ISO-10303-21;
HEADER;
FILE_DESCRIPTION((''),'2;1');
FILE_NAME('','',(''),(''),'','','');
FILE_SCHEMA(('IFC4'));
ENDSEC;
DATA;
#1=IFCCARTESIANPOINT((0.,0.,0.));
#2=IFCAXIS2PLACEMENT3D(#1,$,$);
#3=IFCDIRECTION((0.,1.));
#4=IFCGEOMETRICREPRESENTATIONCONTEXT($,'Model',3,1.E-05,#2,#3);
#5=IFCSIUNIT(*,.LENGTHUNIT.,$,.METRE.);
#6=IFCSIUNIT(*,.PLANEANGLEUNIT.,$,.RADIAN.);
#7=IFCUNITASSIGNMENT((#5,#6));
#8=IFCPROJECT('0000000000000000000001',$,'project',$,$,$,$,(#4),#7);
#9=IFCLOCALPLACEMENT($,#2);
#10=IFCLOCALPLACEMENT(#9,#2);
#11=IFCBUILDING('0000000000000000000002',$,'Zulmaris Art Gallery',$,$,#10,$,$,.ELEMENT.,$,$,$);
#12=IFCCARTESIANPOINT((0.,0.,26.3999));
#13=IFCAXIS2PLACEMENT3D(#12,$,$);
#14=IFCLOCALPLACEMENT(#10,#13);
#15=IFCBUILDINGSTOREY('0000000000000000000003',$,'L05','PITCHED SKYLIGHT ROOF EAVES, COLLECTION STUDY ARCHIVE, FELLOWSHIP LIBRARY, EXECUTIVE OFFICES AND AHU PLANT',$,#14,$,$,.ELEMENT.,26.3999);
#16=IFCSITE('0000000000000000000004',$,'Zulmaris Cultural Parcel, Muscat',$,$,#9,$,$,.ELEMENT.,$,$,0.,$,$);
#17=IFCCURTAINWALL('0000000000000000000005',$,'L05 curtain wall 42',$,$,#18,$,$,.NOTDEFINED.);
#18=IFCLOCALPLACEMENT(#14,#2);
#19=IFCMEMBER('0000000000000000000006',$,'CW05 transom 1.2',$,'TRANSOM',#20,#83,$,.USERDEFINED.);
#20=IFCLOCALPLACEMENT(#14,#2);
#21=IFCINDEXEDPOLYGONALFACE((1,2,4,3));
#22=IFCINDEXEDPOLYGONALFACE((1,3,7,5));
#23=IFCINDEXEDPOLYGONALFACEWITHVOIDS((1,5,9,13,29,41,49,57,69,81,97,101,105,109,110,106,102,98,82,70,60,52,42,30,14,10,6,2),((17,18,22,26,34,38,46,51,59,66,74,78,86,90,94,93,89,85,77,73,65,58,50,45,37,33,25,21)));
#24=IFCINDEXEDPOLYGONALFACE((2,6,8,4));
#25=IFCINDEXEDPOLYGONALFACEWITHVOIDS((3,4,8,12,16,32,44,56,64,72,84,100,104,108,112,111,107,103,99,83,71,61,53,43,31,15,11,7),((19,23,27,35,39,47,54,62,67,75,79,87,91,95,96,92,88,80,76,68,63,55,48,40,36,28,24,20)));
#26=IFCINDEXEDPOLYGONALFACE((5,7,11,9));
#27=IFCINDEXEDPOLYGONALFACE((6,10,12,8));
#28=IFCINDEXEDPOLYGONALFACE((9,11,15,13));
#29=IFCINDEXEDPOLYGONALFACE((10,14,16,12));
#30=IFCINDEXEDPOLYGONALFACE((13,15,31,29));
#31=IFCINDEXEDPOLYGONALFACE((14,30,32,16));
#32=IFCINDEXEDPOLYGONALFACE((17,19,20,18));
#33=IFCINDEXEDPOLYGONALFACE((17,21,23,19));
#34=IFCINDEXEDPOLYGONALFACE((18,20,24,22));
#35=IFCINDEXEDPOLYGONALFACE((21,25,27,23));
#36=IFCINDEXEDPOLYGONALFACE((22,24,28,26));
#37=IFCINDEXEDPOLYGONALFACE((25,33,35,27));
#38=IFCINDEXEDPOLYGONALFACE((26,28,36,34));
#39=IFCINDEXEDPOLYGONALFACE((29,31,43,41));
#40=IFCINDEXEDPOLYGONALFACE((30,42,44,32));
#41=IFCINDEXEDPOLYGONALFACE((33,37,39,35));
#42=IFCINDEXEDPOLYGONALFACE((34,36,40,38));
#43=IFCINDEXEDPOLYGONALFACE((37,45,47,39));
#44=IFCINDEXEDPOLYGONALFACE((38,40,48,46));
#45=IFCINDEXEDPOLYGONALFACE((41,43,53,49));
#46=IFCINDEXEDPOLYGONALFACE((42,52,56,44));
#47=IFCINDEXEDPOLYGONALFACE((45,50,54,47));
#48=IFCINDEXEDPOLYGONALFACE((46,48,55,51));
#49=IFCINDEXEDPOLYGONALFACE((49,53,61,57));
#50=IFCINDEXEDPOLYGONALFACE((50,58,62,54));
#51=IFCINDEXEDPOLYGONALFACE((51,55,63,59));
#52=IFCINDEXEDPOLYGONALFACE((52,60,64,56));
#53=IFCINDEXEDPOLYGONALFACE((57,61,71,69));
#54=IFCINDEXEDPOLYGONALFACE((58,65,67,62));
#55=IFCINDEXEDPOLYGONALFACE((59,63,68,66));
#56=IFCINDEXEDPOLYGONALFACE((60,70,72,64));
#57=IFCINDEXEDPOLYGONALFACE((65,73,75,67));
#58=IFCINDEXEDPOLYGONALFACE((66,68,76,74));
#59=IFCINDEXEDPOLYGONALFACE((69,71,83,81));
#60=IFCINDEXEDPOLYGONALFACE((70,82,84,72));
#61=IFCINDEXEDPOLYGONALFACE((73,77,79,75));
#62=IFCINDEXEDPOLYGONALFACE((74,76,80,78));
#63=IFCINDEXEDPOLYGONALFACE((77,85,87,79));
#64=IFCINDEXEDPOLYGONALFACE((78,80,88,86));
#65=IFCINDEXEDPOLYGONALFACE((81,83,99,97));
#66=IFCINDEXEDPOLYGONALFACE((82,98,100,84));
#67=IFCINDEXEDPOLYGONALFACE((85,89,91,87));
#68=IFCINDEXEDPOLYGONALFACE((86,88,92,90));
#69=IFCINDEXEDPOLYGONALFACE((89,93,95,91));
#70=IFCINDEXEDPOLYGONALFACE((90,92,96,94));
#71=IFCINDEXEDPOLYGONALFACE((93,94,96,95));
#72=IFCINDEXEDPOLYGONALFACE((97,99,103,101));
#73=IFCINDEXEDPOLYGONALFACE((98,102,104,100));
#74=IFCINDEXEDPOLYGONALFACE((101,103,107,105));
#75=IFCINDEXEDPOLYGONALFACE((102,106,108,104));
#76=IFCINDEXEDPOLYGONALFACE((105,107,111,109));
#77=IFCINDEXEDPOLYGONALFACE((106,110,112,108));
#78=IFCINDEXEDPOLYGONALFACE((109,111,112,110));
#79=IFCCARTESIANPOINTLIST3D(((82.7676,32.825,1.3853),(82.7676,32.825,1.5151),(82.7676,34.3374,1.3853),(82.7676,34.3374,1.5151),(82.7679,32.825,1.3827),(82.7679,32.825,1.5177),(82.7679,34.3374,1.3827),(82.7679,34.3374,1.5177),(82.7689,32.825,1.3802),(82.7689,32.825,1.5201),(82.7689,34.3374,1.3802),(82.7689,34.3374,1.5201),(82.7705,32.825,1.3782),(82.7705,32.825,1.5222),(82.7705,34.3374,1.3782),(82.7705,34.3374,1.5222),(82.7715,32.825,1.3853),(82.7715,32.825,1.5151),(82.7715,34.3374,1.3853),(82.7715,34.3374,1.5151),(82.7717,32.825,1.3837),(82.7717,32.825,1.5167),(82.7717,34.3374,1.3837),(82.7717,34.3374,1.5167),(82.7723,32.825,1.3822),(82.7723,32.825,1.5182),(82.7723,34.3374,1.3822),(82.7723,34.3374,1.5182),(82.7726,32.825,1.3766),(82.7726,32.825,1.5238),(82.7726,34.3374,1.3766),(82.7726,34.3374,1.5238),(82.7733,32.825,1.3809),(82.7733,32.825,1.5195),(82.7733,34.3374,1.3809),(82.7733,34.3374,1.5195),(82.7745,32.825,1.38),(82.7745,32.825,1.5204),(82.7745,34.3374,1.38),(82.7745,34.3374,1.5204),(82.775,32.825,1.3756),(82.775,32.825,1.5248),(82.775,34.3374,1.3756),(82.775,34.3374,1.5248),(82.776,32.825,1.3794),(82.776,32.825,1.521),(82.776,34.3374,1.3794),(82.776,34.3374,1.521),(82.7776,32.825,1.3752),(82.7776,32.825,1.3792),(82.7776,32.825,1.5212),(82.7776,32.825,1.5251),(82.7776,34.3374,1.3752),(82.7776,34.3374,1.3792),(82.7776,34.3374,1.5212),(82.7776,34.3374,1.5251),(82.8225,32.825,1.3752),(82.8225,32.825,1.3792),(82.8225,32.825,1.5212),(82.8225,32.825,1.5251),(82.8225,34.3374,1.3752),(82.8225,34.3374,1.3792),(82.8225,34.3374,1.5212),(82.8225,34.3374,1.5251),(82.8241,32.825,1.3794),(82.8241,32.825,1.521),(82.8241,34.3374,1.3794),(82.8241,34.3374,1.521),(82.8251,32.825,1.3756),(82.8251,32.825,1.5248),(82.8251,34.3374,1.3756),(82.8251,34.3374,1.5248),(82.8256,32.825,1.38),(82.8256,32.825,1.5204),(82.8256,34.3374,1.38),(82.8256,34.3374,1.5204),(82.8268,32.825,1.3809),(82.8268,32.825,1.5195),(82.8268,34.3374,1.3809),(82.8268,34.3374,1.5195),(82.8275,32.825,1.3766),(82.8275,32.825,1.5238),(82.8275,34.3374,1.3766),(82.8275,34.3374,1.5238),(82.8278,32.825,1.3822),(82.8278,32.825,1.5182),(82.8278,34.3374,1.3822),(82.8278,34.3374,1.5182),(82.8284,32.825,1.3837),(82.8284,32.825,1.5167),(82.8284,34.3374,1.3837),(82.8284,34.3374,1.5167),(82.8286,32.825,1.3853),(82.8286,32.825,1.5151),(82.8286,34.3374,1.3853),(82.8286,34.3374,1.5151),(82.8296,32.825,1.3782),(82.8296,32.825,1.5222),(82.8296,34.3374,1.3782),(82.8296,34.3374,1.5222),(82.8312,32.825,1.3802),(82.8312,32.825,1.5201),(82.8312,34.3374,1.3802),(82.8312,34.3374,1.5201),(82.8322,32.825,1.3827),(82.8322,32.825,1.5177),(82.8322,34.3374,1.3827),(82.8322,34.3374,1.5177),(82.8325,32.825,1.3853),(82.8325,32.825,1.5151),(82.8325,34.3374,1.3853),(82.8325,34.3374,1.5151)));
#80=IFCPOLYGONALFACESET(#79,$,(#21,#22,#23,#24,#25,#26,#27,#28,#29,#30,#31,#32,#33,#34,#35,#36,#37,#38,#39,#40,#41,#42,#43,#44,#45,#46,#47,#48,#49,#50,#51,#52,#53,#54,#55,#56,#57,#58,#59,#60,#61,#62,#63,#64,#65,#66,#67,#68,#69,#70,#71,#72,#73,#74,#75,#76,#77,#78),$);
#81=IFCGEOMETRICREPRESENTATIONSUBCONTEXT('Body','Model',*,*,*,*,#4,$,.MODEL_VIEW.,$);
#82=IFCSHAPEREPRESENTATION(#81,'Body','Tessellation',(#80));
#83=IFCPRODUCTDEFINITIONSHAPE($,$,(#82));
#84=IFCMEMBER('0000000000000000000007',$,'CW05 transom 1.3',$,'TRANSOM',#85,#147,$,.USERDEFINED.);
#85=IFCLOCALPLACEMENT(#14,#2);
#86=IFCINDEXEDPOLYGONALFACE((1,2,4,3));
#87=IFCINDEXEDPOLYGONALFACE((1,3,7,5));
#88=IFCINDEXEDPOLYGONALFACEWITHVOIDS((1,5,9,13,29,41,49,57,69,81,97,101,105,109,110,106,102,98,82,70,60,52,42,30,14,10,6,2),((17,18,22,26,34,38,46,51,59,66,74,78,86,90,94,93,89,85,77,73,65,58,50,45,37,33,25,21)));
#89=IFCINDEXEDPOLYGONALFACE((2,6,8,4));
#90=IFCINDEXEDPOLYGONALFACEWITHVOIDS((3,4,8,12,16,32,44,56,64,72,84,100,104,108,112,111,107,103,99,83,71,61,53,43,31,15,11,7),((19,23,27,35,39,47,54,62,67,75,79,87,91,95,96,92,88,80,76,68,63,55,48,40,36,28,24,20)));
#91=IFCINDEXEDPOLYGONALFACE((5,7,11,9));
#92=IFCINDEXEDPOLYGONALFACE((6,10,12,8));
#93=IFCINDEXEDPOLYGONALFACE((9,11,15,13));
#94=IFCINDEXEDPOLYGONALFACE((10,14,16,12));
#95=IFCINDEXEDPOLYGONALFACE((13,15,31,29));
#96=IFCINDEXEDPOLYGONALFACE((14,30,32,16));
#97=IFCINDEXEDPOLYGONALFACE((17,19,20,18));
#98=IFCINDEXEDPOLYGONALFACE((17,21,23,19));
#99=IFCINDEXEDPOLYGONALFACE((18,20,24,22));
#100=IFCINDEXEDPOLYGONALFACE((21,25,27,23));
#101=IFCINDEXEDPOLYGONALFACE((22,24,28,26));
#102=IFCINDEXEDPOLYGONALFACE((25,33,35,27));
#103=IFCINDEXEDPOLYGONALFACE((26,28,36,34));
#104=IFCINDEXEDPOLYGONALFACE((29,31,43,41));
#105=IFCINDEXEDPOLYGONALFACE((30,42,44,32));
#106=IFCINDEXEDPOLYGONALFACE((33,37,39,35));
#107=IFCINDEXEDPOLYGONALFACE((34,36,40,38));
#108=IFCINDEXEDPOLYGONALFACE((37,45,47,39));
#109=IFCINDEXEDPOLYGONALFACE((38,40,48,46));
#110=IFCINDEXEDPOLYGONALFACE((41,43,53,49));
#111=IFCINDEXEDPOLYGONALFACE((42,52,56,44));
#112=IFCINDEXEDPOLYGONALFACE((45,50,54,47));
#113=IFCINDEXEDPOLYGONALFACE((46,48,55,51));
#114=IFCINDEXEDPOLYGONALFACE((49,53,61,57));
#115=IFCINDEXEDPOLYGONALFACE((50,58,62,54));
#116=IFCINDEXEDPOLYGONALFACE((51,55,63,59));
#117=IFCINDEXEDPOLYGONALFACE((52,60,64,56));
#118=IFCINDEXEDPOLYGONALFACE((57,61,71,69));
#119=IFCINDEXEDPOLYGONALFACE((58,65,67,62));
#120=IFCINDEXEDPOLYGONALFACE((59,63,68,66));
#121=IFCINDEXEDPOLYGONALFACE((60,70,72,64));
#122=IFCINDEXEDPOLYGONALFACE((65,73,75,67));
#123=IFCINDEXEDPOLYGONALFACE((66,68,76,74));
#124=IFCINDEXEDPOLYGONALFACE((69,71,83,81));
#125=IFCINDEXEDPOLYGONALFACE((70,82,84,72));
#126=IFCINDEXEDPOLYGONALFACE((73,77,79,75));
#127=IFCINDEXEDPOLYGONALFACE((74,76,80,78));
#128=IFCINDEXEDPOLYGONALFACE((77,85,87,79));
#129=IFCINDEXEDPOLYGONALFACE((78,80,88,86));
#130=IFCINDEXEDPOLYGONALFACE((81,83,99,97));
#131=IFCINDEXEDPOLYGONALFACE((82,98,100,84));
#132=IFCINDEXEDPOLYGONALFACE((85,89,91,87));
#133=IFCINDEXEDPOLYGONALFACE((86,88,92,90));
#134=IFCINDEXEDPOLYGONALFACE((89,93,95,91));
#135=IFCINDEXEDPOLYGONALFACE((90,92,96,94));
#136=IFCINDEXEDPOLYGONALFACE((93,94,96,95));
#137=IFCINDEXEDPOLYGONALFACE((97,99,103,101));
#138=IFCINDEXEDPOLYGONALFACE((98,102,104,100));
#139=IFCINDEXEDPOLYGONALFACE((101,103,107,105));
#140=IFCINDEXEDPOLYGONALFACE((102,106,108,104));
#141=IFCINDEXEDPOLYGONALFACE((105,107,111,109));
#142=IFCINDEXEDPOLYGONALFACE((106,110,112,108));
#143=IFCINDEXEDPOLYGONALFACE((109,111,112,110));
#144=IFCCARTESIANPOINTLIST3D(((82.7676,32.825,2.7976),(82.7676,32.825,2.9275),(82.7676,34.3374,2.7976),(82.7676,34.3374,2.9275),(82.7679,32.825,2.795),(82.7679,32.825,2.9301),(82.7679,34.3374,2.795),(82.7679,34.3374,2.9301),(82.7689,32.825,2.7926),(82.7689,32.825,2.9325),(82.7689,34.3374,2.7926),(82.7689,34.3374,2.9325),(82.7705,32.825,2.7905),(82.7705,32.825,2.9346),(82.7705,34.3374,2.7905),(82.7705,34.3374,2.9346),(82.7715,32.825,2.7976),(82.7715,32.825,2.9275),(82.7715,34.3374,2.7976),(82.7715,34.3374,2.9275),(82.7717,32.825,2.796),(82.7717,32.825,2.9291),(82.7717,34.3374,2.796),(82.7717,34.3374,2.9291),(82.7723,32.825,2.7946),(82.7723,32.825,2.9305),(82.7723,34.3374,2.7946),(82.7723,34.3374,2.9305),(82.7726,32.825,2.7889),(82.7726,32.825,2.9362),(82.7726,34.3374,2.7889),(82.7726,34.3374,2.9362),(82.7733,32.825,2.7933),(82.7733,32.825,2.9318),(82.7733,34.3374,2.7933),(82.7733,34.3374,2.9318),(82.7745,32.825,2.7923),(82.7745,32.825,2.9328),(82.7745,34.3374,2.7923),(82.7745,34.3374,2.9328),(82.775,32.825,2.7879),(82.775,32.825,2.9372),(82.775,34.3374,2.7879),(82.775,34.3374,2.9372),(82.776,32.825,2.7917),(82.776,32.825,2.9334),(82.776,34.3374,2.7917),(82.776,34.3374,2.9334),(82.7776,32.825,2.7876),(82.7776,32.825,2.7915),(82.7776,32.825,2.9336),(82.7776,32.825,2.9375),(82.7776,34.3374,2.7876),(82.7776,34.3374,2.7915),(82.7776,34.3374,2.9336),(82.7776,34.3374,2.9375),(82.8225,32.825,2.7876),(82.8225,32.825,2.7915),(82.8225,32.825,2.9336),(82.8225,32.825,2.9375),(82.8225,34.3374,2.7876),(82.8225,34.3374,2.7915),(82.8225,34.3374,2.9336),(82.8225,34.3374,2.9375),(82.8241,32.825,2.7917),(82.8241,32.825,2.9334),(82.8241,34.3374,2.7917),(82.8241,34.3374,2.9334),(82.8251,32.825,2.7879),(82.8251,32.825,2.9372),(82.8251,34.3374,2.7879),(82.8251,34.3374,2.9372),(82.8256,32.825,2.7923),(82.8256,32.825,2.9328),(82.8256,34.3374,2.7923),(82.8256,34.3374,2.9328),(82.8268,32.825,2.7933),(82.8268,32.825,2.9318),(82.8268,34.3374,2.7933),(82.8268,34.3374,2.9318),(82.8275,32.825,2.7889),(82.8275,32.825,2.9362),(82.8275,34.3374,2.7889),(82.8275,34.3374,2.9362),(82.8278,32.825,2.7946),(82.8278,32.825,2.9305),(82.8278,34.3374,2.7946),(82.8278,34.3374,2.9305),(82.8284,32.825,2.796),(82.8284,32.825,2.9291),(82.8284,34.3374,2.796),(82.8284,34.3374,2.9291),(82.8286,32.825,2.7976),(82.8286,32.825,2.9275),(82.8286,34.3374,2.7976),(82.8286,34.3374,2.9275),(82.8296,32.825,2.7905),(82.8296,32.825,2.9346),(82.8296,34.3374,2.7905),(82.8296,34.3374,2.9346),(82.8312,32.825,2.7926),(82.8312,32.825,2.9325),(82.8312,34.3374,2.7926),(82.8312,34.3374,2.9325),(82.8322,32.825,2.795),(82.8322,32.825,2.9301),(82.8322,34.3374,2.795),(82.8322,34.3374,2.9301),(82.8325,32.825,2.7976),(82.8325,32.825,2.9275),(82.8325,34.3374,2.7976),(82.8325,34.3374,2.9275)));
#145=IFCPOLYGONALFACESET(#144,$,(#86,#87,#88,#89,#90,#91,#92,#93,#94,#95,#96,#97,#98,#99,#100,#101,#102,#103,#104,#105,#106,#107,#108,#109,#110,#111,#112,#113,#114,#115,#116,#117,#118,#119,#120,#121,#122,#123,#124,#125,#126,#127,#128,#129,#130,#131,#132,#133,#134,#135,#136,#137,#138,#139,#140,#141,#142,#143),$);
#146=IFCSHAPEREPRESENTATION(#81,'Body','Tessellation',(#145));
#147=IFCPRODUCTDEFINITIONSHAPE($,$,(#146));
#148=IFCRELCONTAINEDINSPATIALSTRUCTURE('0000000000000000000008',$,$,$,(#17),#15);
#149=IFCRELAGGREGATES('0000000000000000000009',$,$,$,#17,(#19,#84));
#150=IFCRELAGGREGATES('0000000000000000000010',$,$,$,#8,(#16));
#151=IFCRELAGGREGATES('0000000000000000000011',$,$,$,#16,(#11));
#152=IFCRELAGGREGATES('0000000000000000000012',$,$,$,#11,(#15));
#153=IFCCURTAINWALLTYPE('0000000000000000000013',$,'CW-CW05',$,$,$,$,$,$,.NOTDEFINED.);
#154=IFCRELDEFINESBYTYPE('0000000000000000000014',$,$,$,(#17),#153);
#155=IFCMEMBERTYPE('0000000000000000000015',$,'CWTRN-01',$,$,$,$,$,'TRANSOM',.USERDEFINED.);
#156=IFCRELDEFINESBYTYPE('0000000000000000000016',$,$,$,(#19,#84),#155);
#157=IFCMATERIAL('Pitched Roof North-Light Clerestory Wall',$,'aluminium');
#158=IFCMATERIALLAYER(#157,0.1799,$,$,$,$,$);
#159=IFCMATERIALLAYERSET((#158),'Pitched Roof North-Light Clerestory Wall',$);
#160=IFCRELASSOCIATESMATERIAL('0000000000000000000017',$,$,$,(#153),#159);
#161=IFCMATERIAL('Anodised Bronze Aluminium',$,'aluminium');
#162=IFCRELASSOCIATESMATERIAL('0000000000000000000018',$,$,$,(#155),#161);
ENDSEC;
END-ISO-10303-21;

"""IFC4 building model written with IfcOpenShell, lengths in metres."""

from ifc_helpers import new_model, si_unit, direction, frame, origin, origin_2d, place, context, subcontext, project, spatial, hollow_rectangle, extrude, material, layer, layer_set, material_profile, profile_set, type_object, element, aggregate, save


model = new_model("IFC4")

# Units and contexts
model_context = context("Model", 3, precision=1e-05, world=origin(), true_north=direction((0.0, 1.0)))
body_context = subcontext(model_context, "Body", "Model", "MODEL_VIEW")
ifc_project = project(units=[si_unit("LENGTHUNIT", "METRE"), si_unit("PLANEANGLEUNIT", "RADIAN")], contexts=[model_context])

# Site, building, storey
site_placement = place(None, origin())
site = spatial("IfcSite", under=ifc_project, at=site_placement, Name="Zulmaris Cultural Parcel, Muscat", CompositionType="ELEMENT", RefElevation=0.0)
building_placement = place(site_placement, origin())
building = spatial("IfcBuilding", under=site, at=building_placement, Name="Zulmaris Art Gallery", CompositionType="ELEMENT")
storey_placement = place(building_placement, frame((0.0, 0.0, 26.3999)))
storey = spatial("IfcBuildingStorey", under=building, at=storey_placement, Name="L05", Description="PITCHED SKYLIGHT ROOF EAVES, COLLECTION STUDY ARCHIVE, FELLOWSHIP LIBRARY, EXECUTIVE OFFICES AND AHU PLANT", CompositionType="ELEMENT", Elevation=26.3999)

# Curtain wall
ifc_material_1 = material(Name="Pitched Roof North-Light Clerestory Wall", Category="aluminium")
ifc_layer_1 = layer(ifc_material_1, 0.1799)
ifc_layer_set_1 = layer_set([ifc_layer_1], Name="Pitched Roof North-Light Clerestory Wall")
curtain_wall_type = type_object("IfcCurtainWallType", Name="CW-CW05", PredefinedType="NOTDEFINED", material=ifc_layer_set_1)
ifc_material_2 = material(Name="Anodised Bronze Aluminium", Category="aluminium")
curtain_wall_1_placement = place(storey_placement, origin())
curtain_wall_1 = element("IfcCurtainWall", 1, at=curtain_wall_1_placement, inside=storey, type_object=curtain_wall_type, Name="L05 curtain wall 42", PredefinedType="NOTDEFINED")

# Members
ifc_material_profile_1 = material_profile(ifc_material_2, hollow_rectangle(XDim=0.0649, YDim=0.1499, WallThickness=0.0039, InnerFilletRadius=0.0061, OuterFilletRadius=0.01, at=origin_2d()), Name="ALU 65x150x4")
ifc_profile_set_1 = profile_set([ifc_material_profile_1], Name="Anodised Bronze Aluminium")
member_type_1 = type_object("IfcMemberType", Name="CWTRN-01", ElementType="TRANSOM", PredefinedType="USERDEFINED", material=ifc_profile_set_1)
member_1_placement = place(storey_placement, frame((82.8, 32.825, 1.4502), z_axis=(0.0, 1.0, 0.0), x_axis=(-1.0, 0.0, 0.0)))
member_1 = element("IfcMember", 2, at=member_1_placement, type_object=member_type_1, Name="CW05 transom 1.2", ObjectType="TRANSOM", PredefinedType="USERDEFINED", context=body_context, shape_type="SweptSolid", body=[
    extrude(hollow_rectangle(XDim=0.0649, YDim=0.1499, WallThickness=0.0039, InnerFilletRadius=0.0061, OuterFilletRadius=0.01, at=origin_2d()), origin(), (0.0, 0.0, 1.0), 1.5125),
])
member_2_placement = place(storey_placement, frame((82.8, 32.825, 2.8625), z_axis=(0.0, 1.0, 0.0), x_axis=(-1.0, 0.0, 0.0)))
member_2 = element("IfcMember", 3, at=member_2_placement, type_object=member_type_1, Name="CW05 transom 1.3", ObjectType="TRANSOM", PredefinedType="USERDEFINED", context=body_context, shape_type="SweptSolid", body=[
    extrude(hollow_rectangle(XDim=0.0649, YDim=0.1499, WallThickness=0.0039, InnerFilletRadius=0.0061, OuterFilletRadius=0.01, at=origin_2d()), origin(), (0.0, 0.0, 1.0), 1.5125),
])

aggregate(curtain_wall_1, [member_1, member_2])

save(model, "model.ifc")
